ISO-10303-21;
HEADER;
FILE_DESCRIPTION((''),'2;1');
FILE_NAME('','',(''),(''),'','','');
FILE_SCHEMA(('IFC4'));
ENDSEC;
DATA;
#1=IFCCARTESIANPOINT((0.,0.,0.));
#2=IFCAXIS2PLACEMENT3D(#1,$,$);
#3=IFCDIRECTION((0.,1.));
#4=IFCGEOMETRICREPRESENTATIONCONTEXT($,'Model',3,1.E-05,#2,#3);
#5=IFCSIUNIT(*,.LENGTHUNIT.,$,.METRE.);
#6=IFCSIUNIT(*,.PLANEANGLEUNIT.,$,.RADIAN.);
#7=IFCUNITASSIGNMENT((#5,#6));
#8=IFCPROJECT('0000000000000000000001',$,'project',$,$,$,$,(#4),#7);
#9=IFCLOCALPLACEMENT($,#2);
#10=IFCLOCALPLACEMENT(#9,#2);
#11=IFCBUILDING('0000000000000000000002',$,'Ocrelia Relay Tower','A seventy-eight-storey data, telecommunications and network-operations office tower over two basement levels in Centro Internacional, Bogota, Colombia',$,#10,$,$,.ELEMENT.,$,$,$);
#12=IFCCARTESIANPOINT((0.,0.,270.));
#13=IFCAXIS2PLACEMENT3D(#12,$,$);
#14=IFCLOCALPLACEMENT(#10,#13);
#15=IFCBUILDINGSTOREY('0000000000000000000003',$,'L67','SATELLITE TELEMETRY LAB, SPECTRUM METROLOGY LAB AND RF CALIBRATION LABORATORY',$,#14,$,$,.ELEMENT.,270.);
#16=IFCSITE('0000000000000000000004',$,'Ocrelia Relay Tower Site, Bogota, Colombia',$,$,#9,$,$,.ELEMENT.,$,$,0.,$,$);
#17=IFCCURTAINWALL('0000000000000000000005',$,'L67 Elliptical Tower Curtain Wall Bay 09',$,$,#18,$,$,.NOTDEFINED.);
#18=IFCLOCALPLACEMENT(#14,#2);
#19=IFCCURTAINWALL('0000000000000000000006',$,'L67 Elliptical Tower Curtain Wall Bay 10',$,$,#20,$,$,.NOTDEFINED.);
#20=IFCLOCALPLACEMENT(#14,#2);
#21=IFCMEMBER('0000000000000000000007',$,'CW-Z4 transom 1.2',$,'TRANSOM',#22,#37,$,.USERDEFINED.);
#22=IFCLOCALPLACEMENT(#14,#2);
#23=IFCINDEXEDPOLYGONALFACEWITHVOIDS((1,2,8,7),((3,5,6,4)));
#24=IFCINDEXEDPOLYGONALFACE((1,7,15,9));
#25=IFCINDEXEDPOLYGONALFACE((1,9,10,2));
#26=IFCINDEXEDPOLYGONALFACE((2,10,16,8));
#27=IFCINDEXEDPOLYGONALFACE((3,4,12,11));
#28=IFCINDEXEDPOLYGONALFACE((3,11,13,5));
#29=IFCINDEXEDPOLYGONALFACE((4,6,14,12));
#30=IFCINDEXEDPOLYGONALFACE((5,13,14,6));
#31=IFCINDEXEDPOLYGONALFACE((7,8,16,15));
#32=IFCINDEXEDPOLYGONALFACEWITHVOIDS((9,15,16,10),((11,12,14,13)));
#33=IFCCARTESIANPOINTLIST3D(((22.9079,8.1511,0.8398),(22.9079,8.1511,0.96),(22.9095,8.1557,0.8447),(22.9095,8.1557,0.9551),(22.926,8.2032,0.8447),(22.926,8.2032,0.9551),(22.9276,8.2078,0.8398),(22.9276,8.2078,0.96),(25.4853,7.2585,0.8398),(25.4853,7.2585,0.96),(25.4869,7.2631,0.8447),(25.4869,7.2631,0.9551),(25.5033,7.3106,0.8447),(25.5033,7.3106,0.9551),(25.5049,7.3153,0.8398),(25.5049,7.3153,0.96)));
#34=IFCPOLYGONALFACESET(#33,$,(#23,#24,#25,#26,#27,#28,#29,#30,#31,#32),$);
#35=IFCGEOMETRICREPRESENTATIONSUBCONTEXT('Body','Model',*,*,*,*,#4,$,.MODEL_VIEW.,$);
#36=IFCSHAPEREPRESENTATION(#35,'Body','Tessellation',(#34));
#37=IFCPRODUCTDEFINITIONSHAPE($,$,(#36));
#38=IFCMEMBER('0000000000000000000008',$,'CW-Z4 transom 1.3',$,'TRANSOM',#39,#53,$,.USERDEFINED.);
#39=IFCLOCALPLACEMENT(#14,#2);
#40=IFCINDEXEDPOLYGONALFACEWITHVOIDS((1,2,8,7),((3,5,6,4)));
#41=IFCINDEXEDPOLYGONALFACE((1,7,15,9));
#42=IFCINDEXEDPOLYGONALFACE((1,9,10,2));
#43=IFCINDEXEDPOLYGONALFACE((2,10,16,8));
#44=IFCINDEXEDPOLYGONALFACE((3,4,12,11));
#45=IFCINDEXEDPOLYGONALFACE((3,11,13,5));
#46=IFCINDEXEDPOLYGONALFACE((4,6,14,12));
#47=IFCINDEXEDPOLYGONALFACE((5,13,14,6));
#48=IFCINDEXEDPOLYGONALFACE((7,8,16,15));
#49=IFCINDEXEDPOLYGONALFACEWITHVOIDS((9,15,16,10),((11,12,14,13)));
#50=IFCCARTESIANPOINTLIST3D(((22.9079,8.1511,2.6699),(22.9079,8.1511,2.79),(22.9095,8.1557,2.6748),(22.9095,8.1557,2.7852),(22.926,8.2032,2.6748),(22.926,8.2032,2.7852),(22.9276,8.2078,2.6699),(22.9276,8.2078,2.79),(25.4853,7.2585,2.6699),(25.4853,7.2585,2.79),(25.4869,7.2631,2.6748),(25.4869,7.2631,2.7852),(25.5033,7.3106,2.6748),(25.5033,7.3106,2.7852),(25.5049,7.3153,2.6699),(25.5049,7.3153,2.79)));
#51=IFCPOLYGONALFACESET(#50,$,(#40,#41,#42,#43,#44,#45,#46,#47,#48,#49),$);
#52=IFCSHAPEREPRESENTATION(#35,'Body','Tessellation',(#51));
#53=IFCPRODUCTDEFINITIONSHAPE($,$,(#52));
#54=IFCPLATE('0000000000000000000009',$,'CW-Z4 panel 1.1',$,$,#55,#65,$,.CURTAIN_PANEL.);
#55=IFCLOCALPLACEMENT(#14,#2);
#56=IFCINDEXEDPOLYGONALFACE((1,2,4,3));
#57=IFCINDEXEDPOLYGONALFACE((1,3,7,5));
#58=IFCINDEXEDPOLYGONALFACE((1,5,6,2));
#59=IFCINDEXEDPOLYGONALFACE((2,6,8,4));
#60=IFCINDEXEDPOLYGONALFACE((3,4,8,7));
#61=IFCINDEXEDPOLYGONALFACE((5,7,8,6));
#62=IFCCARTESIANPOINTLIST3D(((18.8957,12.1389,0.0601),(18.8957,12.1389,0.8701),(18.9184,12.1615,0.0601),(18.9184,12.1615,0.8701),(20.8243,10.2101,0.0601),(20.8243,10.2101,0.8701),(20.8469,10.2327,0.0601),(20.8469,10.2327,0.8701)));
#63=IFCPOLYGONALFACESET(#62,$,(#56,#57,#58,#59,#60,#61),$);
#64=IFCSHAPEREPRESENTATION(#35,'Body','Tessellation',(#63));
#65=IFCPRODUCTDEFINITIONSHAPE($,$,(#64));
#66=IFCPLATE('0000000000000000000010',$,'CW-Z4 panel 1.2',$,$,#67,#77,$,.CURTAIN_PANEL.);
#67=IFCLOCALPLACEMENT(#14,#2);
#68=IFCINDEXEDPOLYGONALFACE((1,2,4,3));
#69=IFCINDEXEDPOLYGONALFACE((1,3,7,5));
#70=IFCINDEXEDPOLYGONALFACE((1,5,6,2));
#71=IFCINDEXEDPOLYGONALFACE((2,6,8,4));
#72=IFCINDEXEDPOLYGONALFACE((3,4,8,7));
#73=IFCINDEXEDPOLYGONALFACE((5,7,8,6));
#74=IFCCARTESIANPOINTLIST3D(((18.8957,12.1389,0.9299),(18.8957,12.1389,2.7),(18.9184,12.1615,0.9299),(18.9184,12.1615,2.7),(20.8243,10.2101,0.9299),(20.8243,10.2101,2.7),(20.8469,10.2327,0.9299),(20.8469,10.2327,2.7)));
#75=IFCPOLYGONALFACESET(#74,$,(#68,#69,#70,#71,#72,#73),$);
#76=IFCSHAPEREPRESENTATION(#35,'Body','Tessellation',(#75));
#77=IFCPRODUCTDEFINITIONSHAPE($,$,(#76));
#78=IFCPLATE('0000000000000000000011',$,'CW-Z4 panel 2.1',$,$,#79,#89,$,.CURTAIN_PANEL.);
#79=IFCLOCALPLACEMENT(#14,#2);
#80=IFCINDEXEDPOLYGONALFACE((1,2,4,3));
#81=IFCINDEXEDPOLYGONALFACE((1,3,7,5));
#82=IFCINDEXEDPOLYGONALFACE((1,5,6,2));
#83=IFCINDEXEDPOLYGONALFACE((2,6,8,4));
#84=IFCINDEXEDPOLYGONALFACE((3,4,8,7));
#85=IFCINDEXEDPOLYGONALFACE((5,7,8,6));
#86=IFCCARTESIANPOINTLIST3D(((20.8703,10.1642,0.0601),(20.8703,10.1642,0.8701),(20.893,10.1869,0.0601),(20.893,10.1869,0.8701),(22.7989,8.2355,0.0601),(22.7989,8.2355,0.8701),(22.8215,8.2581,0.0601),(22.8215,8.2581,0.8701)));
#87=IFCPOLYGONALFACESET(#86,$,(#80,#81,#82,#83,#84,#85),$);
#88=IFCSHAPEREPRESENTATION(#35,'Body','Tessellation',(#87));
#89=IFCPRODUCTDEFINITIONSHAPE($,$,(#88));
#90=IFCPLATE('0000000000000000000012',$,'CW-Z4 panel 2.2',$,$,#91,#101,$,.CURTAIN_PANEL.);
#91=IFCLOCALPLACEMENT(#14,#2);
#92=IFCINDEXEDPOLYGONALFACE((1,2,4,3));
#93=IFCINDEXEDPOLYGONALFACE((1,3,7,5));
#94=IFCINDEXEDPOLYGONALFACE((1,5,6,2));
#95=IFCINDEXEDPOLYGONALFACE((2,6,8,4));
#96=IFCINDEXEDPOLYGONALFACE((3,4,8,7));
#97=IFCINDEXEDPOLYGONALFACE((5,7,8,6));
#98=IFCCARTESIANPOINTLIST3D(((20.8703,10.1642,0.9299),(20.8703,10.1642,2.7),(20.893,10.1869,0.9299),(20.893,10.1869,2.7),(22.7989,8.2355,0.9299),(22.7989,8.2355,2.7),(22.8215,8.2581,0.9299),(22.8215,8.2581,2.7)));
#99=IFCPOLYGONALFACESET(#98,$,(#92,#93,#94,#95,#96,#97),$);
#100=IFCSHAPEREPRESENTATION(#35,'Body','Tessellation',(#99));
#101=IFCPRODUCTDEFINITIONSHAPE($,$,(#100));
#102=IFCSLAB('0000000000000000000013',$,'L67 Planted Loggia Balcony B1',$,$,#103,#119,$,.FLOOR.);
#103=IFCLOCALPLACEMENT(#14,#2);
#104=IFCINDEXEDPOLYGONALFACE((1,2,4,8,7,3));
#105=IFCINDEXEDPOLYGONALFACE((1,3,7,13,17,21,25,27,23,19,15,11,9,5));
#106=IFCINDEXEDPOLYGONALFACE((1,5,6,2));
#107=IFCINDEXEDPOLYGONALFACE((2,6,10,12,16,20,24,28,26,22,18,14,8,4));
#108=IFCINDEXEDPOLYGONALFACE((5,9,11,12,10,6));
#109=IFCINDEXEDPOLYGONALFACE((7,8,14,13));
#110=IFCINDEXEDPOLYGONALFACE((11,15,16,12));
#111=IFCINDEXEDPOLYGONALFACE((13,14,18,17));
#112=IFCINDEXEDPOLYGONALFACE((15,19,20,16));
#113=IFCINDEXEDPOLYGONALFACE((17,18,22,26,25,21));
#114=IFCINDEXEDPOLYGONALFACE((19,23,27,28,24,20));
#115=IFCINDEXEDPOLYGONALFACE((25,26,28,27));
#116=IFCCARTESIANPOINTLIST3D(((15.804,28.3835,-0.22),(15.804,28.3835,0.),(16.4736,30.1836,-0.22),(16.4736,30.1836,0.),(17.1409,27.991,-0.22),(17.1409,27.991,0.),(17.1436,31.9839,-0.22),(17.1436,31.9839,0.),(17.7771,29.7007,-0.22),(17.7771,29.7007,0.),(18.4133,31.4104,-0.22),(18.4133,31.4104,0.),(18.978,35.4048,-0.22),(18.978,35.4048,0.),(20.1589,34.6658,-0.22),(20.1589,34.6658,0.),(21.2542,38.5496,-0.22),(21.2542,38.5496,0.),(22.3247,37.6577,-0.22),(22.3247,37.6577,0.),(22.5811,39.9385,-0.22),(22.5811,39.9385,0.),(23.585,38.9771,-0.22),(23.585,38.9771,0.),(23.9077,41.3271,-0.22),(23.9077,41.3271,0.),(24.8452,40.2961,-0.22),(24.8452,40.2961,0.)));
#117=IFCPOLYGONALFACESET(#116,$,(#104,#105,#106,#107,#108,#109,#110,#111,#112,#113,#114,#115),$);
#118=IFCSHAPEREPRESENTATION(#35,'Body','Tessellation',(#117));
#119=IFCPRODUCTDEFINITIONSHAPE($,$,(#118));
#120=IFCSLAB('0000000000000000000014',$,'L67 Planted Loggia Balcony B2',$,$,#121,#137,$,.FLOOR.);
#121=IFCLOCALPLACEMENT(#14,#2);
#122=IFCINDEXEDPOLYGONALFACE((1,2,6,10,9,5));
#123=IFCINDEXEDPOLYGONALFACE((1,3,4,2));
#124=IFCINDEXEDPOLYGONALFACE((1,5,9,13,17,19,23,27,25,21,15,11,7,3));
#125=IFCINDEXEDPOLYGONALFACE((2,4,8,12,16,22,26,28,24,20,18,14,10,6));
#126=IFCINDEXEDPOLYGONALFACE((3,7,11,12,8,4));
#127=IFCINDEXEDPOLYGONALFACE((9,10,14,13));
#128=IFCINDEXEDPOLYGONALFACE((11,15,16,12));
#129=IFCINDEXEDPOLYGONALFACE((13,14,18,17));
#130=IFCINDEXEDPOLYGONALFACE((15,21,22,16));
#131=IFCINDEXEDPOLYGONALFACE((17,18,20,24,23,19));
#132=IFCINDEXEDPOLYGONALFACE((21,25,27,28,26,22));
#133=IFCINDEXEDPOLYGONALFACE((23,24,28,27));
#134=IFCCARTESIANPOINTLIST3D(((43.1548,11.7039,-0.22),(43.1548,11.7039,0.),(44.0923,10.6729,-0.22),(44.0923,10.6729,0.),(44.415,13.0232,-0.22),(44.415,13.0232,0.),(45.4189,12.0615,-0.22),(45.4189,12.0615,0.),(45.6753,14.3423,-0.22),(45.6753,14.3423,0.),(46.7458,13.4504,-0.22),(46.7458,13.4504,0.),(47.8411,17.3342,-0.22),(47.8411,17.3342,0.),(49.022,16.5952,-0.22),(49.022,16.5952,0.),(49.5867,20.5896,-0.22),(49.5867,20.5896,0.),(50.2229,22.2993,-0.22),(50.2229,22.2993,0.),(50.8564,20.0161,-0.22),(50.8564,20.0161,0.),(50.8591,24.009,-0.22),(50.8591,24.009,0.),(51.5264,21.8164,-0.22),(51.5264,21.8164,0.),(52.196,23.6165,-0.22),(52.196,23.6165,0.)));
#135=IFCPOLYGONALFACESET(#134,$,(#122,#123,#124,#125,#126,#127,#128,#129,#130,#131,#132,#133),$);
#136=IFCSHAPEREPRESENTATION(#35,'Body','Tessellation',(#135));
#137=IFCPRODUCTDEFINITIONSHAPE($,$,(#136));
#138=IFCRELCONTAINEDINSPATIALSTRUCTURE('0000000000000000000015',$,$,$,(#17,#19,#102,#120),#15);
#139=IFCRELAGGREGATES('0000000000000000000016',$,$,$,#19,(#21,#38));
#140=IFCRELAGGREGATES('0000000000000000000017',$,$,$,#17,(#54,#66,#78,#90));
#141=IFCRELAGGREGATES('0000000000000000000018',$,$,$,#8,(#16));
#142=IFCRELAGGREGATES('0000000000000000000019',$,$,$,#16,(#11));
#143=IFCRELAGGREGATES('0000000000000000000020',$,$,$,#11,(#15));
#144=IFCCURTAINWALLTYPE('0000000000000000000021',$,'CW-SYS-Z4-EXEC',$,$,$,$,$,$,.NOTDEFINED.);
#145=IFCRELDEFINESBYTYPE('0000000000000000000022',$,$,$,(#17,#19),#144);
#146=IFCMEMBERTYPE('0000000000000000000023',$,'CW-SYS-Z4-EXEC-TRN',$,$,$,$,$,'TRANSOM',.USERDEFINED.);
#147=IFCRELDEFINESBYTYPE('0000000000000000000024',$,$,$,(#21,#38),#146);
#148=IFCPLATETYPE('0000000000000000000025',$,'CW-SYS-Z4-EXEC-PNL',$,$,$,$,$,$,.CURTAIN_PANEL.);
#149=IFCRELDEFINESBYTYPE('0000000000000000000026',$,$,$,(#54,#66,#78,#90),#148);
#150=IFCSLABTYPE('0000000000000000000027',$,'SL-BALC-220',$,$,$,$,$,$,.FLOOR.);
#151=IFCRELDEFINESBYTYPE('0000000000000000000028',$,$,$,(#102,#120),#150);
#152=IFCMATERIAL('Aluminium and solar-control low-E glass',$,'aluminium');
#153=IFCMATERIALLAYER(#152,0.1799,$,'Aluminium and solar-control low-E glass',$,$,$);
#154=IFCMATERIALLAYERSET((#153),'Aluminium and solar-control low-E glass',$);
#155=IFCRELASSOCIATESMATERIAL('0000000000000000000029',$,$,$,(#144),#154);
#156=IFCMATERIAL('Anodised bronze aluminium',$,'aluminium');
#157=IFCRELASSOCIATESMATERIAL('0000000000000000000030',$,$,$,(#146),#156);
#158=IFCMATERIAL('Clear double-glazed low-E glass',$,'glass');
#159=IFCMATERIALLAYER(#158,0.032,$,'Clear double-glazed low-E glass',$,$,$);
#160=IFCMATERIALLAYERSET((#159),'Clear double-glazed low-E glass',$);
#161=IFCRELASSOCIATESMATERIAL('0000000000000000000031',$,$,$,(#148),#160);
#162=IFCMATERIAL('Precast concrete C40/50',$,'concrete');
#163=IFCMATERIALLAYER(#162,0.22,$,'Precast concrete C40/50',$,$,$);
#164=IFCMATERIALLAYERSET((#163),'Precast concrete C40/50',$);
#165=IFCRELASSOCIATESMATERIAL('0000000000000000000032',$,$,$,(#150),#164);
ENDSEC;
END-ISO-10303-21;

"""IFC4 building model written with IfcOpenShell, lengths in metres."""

from ifc_helpers import new_model, si_unit, direction, frame, origin, origin_2d, place, context, subcontext, project, spatial, polyline, rectangle, hollow_rectangle, outline, extrude, material, layer, layer_set, material_profile, profile_set, type_object, element, aggregate, save


model = new_model("IFC4")

# Units and contexts
model_context = context("Model", 3, precision=1e-05, world=origin(), true_north=direction((0.0, 1.0)))
body_context = subcontext(model_context, "Body", "Model", "MODEL_VIEW")
ifc_project = project(units=[si_unit("LENGTHUNIT", "METRE"), si_unit("PLANEANGLEUNIT", "RADIAN")], contexts=[model_context])

# Site, building, storey
site_placement = place(None, origin())
site = spatial("IfcSite", under=ifc_project, at=site_placement, Name="Ocrelia Relay Tower Site, Bogota, Colombia", CompositionType="ELEMENT", RefElevation=0.0)
building_placement = place(site_placement, origin())
building = spatial("IfcBuilding", under=site, at=building_placement, Name="Ocrelia Relay Tower", Description="A seventy-eight-storey data, telecommunications and network-operations office tower over two basement levels in Centro Internacional, Bogota, Colombia", CompositionType="ELEMENT")
storey_placement = place(building_placement, frame((0.0, 0.0, 270.0)))
storey = spatial("IfcBuildingStorey", under=building, at=storey_placement, Name="L67", Description="SATELLITE TELEMETRY LAB, SPECTRUM METROLOGY LAB AND RF CALIBRATION LABORATORY", CompositionType="ELEMENT", Elevation=270.0)

# Curtain wall
ifc_material_1 = material(Name="Aluminium and solar-control low-E glass", Category="aluminium")
ifc_layer_1 = layer(ifc_material_1, 0.1799, Name="Aluminium and solar-control low-E glass")
ifc_layer_set_1 = layer_set([ifc_layer_1], Name="Aluminium and solar-control low-E glass")
curtain_wall_type = type_object("IfcCurtainWallType", Name="CW-SYS-Z4-EXEC", PredefinedType="NOTDEFINED", material=ifc_layer_set_1)
curtain_wall_1_placement = place(storey_placement, origin())
curtain_wall_1 = element("IfcCurtainWall", 1, at=curtain_wall_1_placement, inside=storey, type_object=curtain_wall_type, Name="L67 Elliptical Tower Curtain Wall Bay 09", PredefinedType="NOTDEFINED")
ifc_material_2 = material(Name="Anodised bronze aluminium", Category="aluminium")

# Curtain wall
curtain_wall_2_placement = place(storey_placement, origin())
curtain_wall_2 = element("IfcCurtainWall", 2, at=curtain_wall_2_placement, inside=storey, type_object=curtain_wall_type, Name="L67 Elliptical Tower Curtain Wall Bay 10", PredefinedType="NOTDEFINED")

# Members
ifc_material_profile_1 = material_profile(ifc_material_2, hollow_rectangle(XDim=0.0601, YDim=0.1201, WallThickness=0.0049, at=origin_2d()), Name="CW-TRN-120x60")
ifc_profile_set_1 = profile_set([ifc_material_profile_1], Name="Anodised bronze aluminium")
member_type_1 = type_object("IfcMemberType", Name="CW-SYS-Z4-EXEC-TRN", ElementType="TRANSOM", PredefinedType="USERDEFINED", material=ifc_profile_set_1)
member_1_placement = place(storey_placement, frame((22.9177, 8.1794, 0.8999), z_axis=(0.94494, -0.327243, 0.0), x_axis=(0.327243, 0.94494, 0.0)))
member_1 = element("IfcMember", 3, at=member_1_placement, type_object=member_type_1, Name="CW-Z4 transom 1.2", ObjectType="TRANSOM", PredefinedType="USERDEFINED", context=body_context, shape_type="SweptSolid", body=[
    extrude(hollow_rectangle(XDim=0.0601, YDim=0.1201, WallThickness=0.0049, at=origin_2d()), origin(), (0.0, 0.0, 1.0), 2.7275),
])
member_2_placement = place(storey_placement, frame((22.9177, 8.1794, 2.73), z_axis=(0.94494, -0.327243, 0.0), x_axis=(0.327243, 0.94494, 0.0)))
member_2 = element("IfcMember", 4, at=member_2_placement, type_object=member_type_1, Name="CW-Z4 transom 1.3", ObjectType="TRANSOM", PredefinedType="USERDEFINED", context=body_context, shape_type="SweptSolid", body=[
    extrude(hollow_rectangle(XDim=0.0601, YDim=0.1201, WallThickness=0.0049, at=origin_2d()), origin(), (0.0, 0.0, 1.0), 2.7275),
])
aggregate(curtain_wall_2, [member_1, member_2])

# Plates
ifc_material_3 = material(Name="Clear double-glazed low-E glass", Category="glass")
ifc_layer_2 = layer(ifc_material_3, 0.032, Name="Clear double-glazed low-E glass")
ifc_layer_set_2 = layer_set([ifc_layer_2], Name="Clear double-glazed low-E glass")
plate_type = type_object("IfcPlateType", Name="CW-SYS-Z4-EXEC-PNL", PredefinedType="CURTAIN_PANEL", material=ifc_layer_set_2)
plate_1_placement = place(storey_placement, frame((19.8713, 11.1858, 0.0601), z_axis=(0.0, 0.0, 1.0), x_axis=(0.70708, -0.707133, 0.0)))
plate_1 = element("IfcPlate", 5, at=plate_1_placement, type_object=plate_type, Name="CW-Z4 panel 1.1", PredefinedType="CURTAIN_PANEL", context=body_context, shape_type="SweptSolid", body=[
    extrude(rectangle(XDim=2.7275, YDim=0.032, at=origin_2d()), origin(), (0.0, 0.0, 1.0), 0.8101),
])
plate_2_placement = place(storey_placement, frame((19.8713, 11.1858, 0.9299), z_axis=(0.0, 0.0, 1.0), x_axis=(0.70708, -0.707133, 0.0)))
plate_2 = element("IfcPlate", 6, at=plate_2_placement, type_object=plate_type, Name="CW-Z4 panel 1.2", PredefinedType="CURTAIN_PANEL", context=body_context, shape_type="SweptSolid", body=[
    extrude(rectangle(XDim=2.7275, YDim=0.032, at=origin_2d()), origin(), (0.0, 0.0, 1.0), 1.77),
])
plate_3_placement = place(storey_placement, frame((21.8459, 9.2112, 0.0601), z_axis=(0.0, 0.0, 1.0), x_axis=(0.70708, -0.707133, 0.0)))
plate_3 = element("IfcPlate", 7, at=plate_3_placement, type_object=plate_type, Name="CW-Z4 panel 2.1", PredefinedType="CURTAIN_PANEL", context=body_context, shape_type="SweptSolid", body=[
    extrude(rectangle(XDim=2.7275, YDim=0.032, at=origin_2d()), origin(), (0.0, 0.0, 1.0), 0.8101),
])
plate_4_placement = place(storey_placement, frame((21.8459, 9.2112, 0.9299), z_axis=(0.0, 0.0, 1.0), x_axis=(0.70708, -0.707133, 0.0)))
plate_4 = element("IfcPlate", 8, at=plate_4_placement, type_object=plate_type, Name="CW-Z4 panel 2.2", PredefinedType="CURTAIN_PANEL", context=body_context, shape_type="SweptSolid", body=[
    extrude(rectangle(XDim=2.7275, YDim=0.032, at=origin_2d()), origin(), (0.0, 0.0, 1.0), 1.77),
])
aggregate(curtain_wall_1, [plate_1, plate_2, plate_3, plate_4])

# Slabs
ifc_material_4 = material(Name="Precast concrete C40/50", Category="concrete")
ifc_layer_3 = layer(ifc_material_4, 0.22, Name="Precast concrete C40/50")
ifc_layer_set_3 = layer_set([ifc_layer_3], Name="Precast concrete C40/50")
slab_type_1 = type_object("IfcSlabType", Name="SL-BALC-220", PredefinedType="FLOOR", material=ifc_layer_set_3)
slab_1_placement = place(storey_placement, frame((0.0, 0.0, -0.22)))
element("IfcSlab", 9, at=slab_1_placement, inside=storey, type_object=slab_type_1, Name="L67 Planted Loggia Balcony B1", PredefinedType="FLOOR", context=body_context, shape_type="SweptSolid", body=[
    extrude(outline(polyline([(24.8452, 40.2961), (23.585, 38.9771), (22.3247, 37.6577), (20.1589, 34.6658), (18.4133, 31.4104), (17.7771, 29.7007), (17.1409, 27.991), (15.804, 28.3835), (16.4736, 30.1836), (17.1436, 31.9839), (18.978, 35.4048), (21.2542, 38.5496), (22.5811, 39.9385), (23.9077, 41.3271), (24.8452, 40.2961)])), origin(), (0.0, 0.0, 1.0), 0.22),
])
slab_2_placement = place(storey_placement, frame((0.0, 0.0, -0.22)))
element("IfcSlab", 10, at=slab_2_placement, inside=storey, type_object=slab_type_1, Name="L67 Planted Loggia Balcony B2", PredefinedType="FLOOR", context=body_context, shape_type="SweptSolid", body=[
    extrude(outline(polyline([(43.1548, 11.7039), (44.415, 13.0232), (45.6753, 14.3423), (47.8411, 17.3342), (49.5867, 20.5896), (50.2229, 22.2993), (50.8591, 24.009), (52.196, 23.6165), (51.5264, 21.8164), (50.8564, 20.0161), (49.022, 16.5952), (46.7458, 13.4504), (45.4189, 12.0615), (44.0923, 10.6729), (43.1548, 11.7039)])), origin(), (0.0, 0.0, 1.0), 0.22),
])

save(model, "model.ifc")
